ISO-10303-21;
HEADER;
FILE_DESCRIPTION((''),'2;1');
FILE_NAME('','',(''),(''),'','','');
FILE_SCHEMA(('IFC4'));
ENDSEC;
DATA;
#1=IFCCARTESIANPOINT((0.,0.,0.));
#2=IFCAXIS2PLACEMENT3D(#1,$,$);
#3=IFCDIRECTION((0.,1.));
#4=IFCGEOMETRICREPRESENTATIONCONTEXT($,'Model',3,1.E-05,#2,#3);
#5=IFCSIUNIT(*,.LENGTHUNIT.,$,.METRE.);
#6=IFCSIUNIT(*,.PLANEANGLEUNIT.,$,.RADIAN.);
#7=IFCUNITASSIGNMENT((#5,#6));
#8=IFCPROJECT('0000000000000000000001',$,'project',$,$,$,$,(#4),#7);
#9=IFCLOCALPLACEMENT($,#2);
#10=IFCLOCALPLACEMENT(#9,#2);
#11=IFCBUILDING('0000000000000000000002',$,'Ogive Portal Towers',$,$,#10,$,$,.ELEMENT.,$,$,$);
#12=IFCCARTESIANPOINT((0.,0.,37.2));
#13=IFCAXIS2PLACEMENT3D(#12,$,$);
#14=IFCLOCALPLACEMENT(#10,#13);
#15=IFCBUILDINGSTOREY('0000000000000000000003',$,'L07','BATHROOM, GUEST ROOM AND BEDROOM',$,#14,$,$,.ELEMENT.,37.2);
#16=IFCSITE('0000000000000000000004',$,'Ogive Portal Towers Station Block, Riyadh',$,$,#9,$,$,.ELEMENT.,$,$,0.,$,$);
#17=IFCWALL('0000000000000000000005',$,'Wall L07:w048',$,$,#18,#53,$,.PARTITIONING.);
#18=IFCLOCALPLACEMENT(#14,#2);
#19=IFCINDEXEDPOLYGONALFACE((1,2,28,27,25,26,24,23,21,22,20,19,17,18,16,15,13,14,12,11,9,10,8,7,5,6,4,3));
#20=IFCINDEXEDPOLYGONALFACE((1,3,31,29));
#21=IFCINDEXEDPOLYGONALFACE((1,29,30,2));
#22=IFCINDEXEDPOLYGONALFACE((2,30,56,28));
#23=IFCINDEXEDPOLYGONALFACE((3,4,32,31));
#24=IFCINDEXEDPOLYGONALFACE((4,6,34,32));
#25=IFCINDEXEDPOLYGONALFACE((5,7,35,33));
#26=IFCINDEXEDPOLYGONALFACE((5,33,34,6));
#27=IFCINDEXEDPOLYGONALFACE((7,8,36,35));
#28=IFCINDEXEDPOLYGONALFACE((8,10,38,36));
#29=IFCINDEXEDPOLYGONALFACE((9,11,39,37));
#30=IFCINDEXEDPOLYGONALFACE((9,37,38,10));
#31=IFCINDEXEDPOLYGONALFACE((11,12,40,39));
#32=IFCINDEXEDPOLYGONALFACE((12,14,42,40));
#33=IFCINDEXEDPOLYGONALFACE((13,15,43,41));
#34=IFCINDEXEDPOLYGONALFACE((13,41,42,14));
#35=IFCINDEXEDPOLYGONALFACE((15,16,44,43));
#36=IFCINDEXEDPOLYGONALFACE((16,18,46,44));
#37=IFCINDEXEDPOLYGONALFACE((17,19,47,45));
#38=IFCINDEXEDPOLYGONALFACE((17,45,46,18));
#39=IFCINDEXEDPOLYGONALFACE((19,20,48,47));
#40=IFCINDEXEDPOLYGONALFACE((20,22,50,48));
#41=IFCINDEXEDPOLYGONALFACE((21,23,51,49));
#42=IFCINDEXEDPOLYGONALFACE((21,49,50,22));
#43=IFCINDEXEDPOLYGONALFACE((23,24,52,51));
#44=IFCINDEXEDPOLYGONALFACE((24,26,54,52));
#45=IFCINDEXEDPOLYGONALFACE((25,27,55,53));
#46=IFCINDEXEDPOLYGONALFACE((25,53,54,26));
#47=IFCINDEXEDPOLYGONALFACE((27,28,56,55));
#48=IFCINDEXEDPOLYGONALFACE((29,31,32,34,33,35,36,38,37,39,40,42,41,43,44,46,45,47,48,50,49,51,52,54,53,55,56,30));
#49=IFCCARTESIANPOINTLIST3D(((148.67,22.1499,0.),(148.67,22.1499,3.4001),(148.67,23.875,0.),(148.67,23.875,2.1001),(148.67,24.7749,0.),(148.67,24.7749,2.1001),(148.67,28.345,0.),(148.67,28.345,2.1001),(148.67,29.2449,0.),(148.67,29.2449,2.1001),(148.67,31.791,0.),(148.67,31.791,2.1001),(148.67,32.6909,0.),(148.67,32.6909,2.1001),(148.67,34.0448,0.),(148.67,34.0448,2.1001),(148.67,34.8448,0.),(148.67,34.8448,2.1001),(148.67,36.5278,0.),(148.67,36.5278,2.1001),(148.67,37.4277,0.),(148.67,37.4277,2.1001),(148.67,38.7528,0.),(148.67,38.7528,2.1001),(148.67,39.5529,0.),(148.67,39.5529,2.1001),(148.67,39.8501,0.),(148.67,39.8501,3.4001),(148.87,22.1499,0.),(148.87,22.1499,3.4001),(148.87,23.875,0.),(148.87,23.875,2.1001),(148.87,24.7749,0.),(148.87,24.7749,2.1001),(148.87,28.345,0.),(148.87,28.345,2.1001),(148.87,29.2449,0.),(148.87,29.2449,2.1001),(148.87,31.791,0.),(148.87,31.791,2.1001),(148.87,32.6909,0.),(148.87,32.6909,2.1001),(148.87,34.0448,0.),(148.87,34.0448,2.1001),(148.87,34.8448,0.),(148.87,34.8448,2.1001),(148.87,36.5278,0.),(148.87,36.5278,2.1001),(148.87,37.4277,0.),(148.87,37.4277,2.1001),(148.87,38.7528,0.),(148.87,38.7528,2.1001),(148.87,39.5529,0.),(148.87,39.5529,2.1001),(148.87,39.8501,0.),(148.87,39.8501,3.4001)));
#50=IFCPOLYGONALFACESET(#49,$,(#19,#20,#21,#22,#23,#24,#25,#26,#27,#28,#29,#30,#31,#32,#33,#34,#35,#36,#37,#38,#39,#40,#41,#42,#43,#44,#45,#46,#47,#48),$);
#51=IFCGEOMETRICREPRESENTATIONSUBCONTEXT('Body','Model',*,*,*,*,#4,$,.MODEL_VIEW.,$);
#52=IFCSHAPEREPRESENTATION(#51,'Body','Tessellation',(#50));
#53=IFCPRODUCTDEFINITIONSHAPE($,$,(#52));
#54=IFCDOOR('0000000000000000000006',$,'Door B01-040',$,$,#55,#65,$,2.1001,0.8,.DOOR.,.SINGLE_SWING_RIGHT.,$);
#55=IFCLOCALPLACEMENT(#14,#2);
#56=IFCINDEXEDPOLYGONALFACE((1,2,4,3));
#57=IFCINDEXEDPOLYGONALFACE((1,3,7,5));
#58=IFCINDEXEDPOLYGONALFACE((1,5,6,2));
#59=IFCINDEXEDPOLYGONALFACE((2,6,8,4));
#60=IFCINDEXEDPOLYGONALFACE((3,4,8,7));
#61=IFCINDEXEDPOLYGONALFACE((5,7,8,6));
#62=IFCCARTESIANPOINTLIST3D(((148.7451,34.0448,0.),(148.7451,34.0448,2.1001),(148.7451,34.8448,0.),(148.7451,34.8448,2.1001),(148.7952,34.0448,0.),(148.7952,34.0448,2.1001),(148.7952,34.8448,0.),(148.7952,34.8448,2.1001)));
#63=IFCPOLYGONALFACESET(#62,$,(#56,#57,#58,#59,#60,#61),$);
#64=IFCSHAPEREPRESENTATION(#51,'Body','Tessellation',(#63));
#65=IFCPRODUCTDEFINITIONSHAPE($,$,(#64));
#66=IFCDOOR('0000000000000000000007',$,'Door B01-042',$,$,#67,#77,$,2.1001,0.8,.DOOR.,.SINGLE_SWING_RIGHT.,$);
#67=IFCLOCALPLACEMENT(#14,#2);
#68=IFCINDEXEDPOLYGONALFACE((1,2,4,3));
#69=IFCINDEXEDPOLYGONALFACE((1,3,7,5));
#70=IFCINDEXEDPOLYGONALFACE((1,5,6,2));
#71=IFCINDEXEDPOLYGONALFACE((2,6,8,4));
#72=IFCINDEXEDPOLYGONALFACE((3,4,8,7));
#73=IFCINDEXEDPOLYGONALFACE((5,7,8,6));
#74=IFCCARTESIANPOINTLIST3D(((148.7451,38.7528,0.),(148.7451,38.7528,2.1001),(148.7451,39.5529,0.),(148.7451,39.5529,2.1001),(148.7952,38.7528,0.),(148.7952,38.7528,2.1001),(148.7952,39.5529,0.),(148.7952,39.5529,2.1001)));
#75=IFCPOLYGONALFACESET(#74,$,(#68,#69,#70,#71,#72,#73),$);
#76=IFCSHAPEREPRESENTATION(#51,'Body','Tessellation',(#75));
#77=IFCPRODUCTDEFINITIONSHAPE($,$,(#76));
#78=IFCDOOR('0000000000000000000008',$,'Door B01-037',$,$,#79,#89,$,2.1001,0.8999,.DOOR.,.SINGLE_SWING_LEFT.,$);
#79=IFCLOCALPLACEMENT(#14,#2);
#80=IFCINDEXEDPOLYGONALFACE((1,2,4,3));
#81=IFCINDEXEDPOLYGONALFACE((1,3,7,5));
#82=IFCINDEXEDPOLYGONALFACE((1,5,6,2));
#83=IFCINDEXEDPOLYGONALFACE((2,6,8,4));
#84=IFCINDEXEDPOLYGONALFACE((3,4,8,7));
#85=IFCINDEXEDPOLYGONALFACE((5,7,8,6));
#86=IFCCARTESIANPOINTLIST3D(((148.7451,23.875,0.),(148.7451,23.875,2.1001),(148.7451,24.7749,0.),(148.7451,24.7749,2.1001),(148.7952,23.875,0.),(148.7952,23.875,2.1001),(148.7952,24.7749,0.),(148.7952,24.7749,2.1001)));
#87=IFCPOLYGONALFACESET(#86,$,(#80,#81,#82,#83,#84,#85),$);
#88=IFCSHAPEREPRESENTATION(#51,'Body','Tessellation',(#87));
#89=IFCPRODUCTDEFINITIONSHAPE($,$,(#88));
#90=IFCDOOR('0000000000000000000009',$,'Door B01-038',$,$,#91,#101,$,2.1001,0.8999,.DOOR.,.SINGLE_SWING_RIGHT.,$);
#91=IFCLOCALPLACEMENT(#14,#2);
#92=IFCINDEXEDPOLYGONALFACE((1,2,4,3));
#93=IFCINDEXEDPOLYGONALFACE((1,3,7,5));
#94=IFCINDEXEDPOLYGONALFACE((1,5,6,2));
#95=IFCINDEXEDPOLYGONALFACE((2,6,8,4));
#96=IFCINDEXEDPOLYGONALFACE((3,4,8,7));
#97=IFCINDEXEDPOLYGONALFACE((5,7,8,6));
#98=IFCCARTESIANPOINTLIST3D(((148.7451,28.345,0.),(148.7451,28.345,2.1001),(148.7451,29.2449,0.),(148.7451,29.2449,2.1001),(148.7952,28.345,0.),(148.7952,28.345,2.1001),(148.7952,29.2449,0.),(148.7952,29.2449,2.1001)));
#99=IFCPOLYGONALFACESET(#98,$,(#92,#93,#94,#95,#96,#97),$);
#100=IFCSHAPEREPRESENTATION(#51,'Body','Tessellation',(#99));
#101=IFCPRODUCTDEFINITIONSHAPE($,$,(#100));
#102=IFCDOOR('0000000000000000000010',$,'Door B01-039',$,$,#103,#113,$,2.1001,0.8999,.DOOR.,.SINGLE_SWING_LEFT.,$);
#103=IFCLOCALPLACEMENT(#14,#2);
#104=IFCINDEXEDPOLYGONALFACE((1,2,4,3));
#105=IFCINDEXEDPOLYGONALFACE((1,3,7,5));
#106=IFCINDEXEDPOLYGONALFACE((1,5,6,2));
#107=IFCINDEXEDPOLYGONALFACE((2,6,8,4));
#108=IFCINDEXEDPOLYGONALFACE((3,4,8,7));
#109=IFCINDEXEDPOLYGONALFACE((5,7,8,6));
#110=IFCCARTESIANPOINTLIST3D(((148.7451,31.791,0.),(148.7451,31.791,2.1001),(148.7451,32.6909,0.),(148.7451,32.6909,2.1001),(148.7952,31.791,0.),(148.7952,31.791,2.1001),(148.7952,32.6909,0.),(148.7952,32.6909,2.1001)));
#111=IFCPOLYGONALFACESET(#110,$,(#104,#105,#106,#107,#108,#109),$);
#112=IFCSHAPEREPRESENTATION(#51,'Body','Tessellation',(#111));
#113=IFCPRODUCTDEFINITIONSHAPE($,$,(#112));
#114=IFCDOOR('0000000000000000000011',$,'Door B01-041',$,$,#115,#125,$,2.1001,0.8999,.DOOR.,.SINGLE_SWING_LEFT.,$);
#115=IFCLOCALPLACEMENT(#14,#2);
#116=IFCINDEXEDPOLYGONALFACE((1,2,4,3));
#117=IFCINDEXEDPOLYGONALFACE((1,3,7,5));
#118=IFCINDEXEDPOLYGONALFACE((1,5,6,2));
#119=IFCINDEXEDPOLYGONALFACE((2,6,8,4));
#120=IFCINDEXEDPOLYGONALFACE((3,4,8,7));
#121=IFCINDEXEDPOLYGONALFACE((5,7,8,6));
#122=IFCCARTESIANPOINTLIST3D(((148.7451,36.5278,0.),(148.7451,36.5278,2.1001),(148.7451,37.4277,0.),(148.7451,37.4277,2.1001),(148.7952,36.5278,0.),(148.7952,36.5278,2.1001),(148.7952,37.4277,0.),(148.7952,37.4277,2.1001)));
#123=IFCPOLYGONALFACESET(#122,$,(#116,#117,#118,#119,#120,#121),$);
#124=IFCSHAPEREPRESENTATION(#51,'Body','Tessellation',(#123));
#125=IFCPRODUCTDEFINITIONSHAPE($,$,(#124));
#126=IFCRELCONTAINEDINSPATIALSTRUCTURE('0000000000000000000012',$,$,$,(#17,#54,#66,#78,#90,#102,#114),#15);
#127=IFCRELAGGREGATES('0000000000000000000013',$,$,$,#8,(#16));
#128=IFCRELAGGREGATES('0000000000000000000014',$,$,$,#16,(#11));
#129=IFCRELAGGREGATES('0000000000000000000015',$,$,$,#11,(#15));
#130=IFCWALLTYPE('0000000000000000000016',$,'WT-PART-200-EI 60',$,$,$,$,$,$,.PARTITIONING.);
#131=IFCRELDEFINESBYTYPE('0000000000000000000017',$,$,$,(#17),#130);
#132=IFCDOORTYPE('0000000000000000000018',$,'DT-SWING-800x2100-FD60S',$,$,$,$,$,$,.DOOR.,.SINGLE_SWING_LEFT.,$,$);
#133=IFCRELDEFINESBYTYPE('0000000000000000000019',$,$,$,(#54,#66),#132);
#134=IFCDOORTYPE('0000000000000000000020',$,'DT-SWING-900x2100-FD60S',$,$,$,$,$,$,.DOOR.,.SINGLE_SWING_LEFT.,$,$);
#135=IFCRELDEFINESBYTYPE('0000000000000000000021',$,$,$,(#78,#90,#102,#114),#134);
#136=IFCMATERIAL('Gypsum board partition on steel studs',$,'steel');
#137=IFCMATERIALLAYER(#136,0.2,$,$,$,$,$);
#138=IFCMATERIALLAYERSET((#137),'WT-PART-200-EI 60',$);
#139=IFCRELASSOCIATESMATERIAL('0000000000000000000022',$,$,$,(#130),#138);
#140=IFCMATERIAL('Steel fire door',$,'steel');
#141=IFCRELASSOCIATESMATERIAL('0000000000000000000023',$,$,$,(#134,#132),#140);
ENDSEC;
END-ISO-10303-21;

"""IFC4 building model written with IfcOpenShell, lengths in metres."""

from ifc_helpers import new_model, si_unit, direction, frame, frame_2d, origin, place, context, subcontext, project, spatial, rectangle, extrude, material, layer, layer_set, type_object, element, fill, save


model = new_model("IFC4")

# Units and contexts
model_context = context("Model", 3, precision=1e-05, world=origin(), true_north=direction((0.0, 1.0)))
body_context = subcontext(model_context, "Body", "Model", "MODEL_VIEW")
ifc_project = project(units=[si_unit("LENGTHUNIT", "METRE"), si_unit("PLANEANGLEUNIT", "RADIAN")], contexts=[model_context])

# Site, building, storey
site_placement = place(None, origin())
site = spatial("IfcSite", under=ifc_project, at=site_placement, Name="Ogive Portal Towers Station Block, Riyadh", CompositionType="ELEMENT", RefElevation=0.0)
building_placement = place(site_placement, origin())
building = spatial("IfcBuilding", under=site, at=building_placement, Name="Ogive Portal Towers", CompositionType="ELEMENT")
storey_placement = place(building_placement, frame((0.0, 0.0, 37.2)))
storey = spatial("IfcBuildingStorey", under=building, at=storey_placement, Name="L07", Description="BATHROOM, GUEST ROOM AND BEDROOM", CompositionType="ELEMENT", Elevation=37.2)

# Shared definitions
ifc_material_1 = material(Name="Gypsum board partition on steel studs", Category="steel")
ifc_layer_1 = layer(ifc_material_1, 0.2)
ifc_layer_set_1 = layer_set([ifc_layer_1], Name="WT-PART-200-EI 60")
wall_type_1 = type_object("IfcWallType", Name="WT-PART-200-EI 60", PredefinedType="PARTITIONING", material=ifc_layer_set_1)
ifc_material_2 = material(Name="Steel fire door", Category="steel")
door_type_1 = type_object("IfcDoorType", Name="DT-SWING-900x2100-FD60S", OperationType="SINGLE_SWING_LEFT", PredefinedType="DOOR", material=ifc_material_2)

# Wall, openings, doors
wall_1_placement = place(storey_placement, frame((148.77, 22.1499, 0.0), z_axis=(0.0, 0.0, 1.0), x_axis=(0.0, 1.0, 0.0)))
wall_1 = element("IfcWall", 1, at=wall_1_placement, inside=storey, type_object=wall_type_1, Name="Wall L07:w048", PredefinedType="PARTITIONING", context=body_context, shape_type="SweptSolid", body=[
    extrude(rectangle(XDim=17.7002, YDim=0.2, at=frame_2d((8.8501, 0.0))), origin(), (0.0, 0.0, 1.0), 3.4001),
])
opening_1_placement = place(wall_1_placement, frame((1.7251, 0.0, 0.0)))
opening_1 = element("IfcOpeningElement", 2, at=opening_1_placement, cuts=wall_1, PredefinedType="OPENING", context=body_context, shape_type="SweptSolid", body=[
    extrude(rectangle(XDim=0.8999, YDim=2.1001, at=frame_2d((0.45, 1.05))), frame((0.0, 0.1099, 0.0), z_axis=(0.0, -1.0, 0.0), x_axis=(1.0, 0.0, 0.0)), (0.0, 0.0, 1.0), 0.22),
])
opening_2_placement = place(wall_1_placement, frame((6.1951, 0.0, 0.0)))
opening_2 = element("IfcOpeningElement", 3, at=opening_2_placement, cuts=wall_1, PredefinedType="OPENING", context=body_context, shape_type="SweptSolid", body=[
    extrude(rectangle(XDim=0.8999, YDim=2.1001, at=frame_2d((0.45, 1.05))), frame((0.0, 0.1099, 0.0), z_axis=(0.0, -1.0, 0.0), x_axis=(1.0, 0.0, 0.0)), (0.0, 0.0, 1.0), 0.22),
])
opening_3_placement = place(wall_1_placement, frame((9.6411, 0.0, 0.0)))
opening_3 = element("IfcOpeningElement", 4, at=opening_3_placement, cuts=wall_1, PredefinedType="OPENING", context=body_context, shape_type="SweptSolid", body=[
    extrude(rectangle(XDim=0.8999, YDim=2.1001, at=frame_2d((0.45, 1.05))), frame((0.0, 0.1099, 0.0), z_axis=(0.0, -1.0, 0.0), x_axis=(1.0, 0.0, 0.0)), (0.0, 0.0, 1.0), 0.22),
])
opening_4_placement = place(wall_1_placement, frame((11.895, 0.0, 0.0)))
opening_4 = element("IfcOpeningElement", 5, at=opening_4_placement, cuts=wall_1, PredefinedType="OPENING", context=body_context, shape_type="SweptSolid", body=[
    extrude(rectangle(XDim=0.8, YDim=2.1001, at=frame_2d((0.3999, 1.05))), frame((0.0, 0.1099, 0.0), z_axis=(0.0, -1.0, 0.0), x_axis=(1.0, 0.0, 0.0)), (0.0, 0.0, 1.0), 0.22),
])
opening_5_placement = place(wall_1_placement, frame((14.3779, 0.0, 0.0)))
opening_5 = element("IfcOpeningElement", 6, at=opening_5_placement, cuts=wall_1, PredefinedType="OPENING", context=body_context, shape_type="SweptSolid", body=[
    extrude(rectangle(XDim=0.8999, YDim=2.1001, at=frame_2d((0.45, 1.05))), frame((0.0, 0.1099, 0.0), z_axis=(0.0, -1.0, 0.0), x_axis=(1.0, 0.0, 0.0)), (0.0, 0.0, 1.0), 0.22),
])
opening_6_placement = place(wall_1_placement, frame((16.603, 0.0, 0.0)))
opening_6 = element("IfcOpeningElement", 7, at=opening_6_placement, cuts=wall_1, PredefinedType="OPENING", context=body_context, shape_type="SweptSolid", body=[
    extrude(rectangle(XDim=0.8, YDim=2.1001, at=frame_2d((0.3999, 1.05))), frame((0.0, 0.1099, 0.0), z_axis=(0.0, -1.0, 0.0), x_axis=(1.0, 0.0, 0.0)), (0.0, 0.0, 1.0), 0.22),
])
door_type_2 = type_object("IfcDoorType", Name="DT-SWING-800x2100-FD60S", OperationType="SINGLE_SWING_LEFT", PredefinedType="DOOR", material=ifc_material_2)
door_1_placement = place(opening_4_placement, origin())
door_1 = element("IfcDoor", 8, at=door_1_placement, inside=storey, type_object=door_type_2, Name="Door B01-040", OperationType="SINGLE_SWING_RIGHT", OverallHeight=2.1001, OverallWidth=0.8, PredefinedType="DOOR", context=body_context, shape_type="SweptSolid", body=[
    extrude(rectangle(XDim=0.8, YDim=2.1001, at=frame_2d((0.3999, 1.05))), frame((0.0, 0.0249, 0.0), z_axis=(0.0, -1.0, 0.0), x_axis=(1.0, 0.0, 0.0)), (0.0, 0.0, 1.0), 0.05),
])
fill(opening_4, door_1)
door_2_placement = place(opening_6_placement, origin())
door_2 = element("IfcDoor", 9, at=door_2_placement, inside=storey, type_object=door_type_2, Name="Door B01-042", OperationType="SINGLE_SWING_RIGHT", OverallHeight=2.1001, OverallWidth=0.8, PredefinedType="DOOR", context=body_context, shape_type="SweptSolid", body=[
    extrude(rectangle(XDim=0.8, YDim=2.1001, at=frame_2d((0.3999, 1.05))), frame((0.0, 0.0249, 0.0), z_axis=(0.0, -1.0, 0.0), x_axis=(1.0, 0.0, 0.0)), (0.0, 0.0, 1.0), 0.05),
])
fill(opening_6, door_2)
door_3_placement = place(opening_1_placement, origin())
door_3 = element("IfcDoor", 10, at=door_3_placement, inside=storey, type_object=door_type_1, Name="Door B01-037", OperationType="SINGLE_SWING_LEFT", OverallHeight=2.1001, OverallWidth=0.8999, PredefinedType="DOOR", context=body_context, shape_type="SweptSolid", body=[
    extrude(rectangle(XDim=0.8999, YDim=2.1001, at=frame_2d((0.45, 1.05))), frame((0.0, 0.0249, 0.0), z_axis=(0.0, -1.0, 0.0), x_axis=(1.0, 0.0, 0.0)), (0.0, 0.0, 1.0), 0.05),
])
fill(opening_1, door_3)
door_4_placement = place(opening_2_placement, origin())
door_4 = element("IfcDoor", 11, at=door_4_placement, inside=storey, type_object=door_type_1, Name="Door B01-038", OperationType="SINGLE_SWING_RIGHT", OverallHeight=2.1001, OverallWidth=0.8999, PredefinedType="DOOR", context=body_context, shape_type="SweptSolid", body=[
    extrude(rectangle(XDim=0.8999, YDim=2.1001, at=frame_2d((0.45, 1.05))), frame((0.0, 0.0249, 0.0), z_axis=(0.0, -1.0, 0.0), x_axis=(1.0, 0.0, 0.0)), (0.0, 0.0, 1.0), 0.05),
])
fill(opening_2, door_4)
door_5_placement = place(opening_3_placement, origin())
door_5 = element("IfcDoor", 12, at=door_5_placement, inside=storey, type_object=door_type_1, Name="Door B01-039", OperationType="SINGLE_SWING_LEFT", OverallHeight=2.1001, OverallWidth=0.8999, PredefinedType="DOOR", context=body_context, shape_type="SweptSolid", body=[
    extrude(rectangle(XDim=0.8999, YDim=2.1001, at=frame_2d((0.45, 1.05))), frame((0.0, 0.0249, 0.0), z_axis=(0.0, -1.0, 0.0), x_axis=(1.0, 0.0, 0.0)), (0.0, 0.0, 1.0), 0.05),
])
fill(opening_3, door_5)
door_6_placement = place(opening_5_placement, origin())
door_6 = element("IfcDoor", 13, at=door_6_placement, inside=storey, type_object=door_type_1, Name="Door B01-041", OperationType="SINGLE_SWING_LEFT", OverallHeight=2.1001, OverallWidth=0.8999, PredefinedType="DOOR", context=body_context, shape_type="SweptSolid", body=[
    extrude(rectangle(XDim=0.8999, YDim=2.1001, at=frame_2d((0.45, 1.05))), frame((0.0, 0.0249, 0.0), z_axis=(0.0, -1.0, 0.0), x_axis=(1.0, 0.0, 0.0)), (0.0, 0.0, 1.0), 0.05),
])
fill(opening_5, door_6)

save(model, "model.ifc")
